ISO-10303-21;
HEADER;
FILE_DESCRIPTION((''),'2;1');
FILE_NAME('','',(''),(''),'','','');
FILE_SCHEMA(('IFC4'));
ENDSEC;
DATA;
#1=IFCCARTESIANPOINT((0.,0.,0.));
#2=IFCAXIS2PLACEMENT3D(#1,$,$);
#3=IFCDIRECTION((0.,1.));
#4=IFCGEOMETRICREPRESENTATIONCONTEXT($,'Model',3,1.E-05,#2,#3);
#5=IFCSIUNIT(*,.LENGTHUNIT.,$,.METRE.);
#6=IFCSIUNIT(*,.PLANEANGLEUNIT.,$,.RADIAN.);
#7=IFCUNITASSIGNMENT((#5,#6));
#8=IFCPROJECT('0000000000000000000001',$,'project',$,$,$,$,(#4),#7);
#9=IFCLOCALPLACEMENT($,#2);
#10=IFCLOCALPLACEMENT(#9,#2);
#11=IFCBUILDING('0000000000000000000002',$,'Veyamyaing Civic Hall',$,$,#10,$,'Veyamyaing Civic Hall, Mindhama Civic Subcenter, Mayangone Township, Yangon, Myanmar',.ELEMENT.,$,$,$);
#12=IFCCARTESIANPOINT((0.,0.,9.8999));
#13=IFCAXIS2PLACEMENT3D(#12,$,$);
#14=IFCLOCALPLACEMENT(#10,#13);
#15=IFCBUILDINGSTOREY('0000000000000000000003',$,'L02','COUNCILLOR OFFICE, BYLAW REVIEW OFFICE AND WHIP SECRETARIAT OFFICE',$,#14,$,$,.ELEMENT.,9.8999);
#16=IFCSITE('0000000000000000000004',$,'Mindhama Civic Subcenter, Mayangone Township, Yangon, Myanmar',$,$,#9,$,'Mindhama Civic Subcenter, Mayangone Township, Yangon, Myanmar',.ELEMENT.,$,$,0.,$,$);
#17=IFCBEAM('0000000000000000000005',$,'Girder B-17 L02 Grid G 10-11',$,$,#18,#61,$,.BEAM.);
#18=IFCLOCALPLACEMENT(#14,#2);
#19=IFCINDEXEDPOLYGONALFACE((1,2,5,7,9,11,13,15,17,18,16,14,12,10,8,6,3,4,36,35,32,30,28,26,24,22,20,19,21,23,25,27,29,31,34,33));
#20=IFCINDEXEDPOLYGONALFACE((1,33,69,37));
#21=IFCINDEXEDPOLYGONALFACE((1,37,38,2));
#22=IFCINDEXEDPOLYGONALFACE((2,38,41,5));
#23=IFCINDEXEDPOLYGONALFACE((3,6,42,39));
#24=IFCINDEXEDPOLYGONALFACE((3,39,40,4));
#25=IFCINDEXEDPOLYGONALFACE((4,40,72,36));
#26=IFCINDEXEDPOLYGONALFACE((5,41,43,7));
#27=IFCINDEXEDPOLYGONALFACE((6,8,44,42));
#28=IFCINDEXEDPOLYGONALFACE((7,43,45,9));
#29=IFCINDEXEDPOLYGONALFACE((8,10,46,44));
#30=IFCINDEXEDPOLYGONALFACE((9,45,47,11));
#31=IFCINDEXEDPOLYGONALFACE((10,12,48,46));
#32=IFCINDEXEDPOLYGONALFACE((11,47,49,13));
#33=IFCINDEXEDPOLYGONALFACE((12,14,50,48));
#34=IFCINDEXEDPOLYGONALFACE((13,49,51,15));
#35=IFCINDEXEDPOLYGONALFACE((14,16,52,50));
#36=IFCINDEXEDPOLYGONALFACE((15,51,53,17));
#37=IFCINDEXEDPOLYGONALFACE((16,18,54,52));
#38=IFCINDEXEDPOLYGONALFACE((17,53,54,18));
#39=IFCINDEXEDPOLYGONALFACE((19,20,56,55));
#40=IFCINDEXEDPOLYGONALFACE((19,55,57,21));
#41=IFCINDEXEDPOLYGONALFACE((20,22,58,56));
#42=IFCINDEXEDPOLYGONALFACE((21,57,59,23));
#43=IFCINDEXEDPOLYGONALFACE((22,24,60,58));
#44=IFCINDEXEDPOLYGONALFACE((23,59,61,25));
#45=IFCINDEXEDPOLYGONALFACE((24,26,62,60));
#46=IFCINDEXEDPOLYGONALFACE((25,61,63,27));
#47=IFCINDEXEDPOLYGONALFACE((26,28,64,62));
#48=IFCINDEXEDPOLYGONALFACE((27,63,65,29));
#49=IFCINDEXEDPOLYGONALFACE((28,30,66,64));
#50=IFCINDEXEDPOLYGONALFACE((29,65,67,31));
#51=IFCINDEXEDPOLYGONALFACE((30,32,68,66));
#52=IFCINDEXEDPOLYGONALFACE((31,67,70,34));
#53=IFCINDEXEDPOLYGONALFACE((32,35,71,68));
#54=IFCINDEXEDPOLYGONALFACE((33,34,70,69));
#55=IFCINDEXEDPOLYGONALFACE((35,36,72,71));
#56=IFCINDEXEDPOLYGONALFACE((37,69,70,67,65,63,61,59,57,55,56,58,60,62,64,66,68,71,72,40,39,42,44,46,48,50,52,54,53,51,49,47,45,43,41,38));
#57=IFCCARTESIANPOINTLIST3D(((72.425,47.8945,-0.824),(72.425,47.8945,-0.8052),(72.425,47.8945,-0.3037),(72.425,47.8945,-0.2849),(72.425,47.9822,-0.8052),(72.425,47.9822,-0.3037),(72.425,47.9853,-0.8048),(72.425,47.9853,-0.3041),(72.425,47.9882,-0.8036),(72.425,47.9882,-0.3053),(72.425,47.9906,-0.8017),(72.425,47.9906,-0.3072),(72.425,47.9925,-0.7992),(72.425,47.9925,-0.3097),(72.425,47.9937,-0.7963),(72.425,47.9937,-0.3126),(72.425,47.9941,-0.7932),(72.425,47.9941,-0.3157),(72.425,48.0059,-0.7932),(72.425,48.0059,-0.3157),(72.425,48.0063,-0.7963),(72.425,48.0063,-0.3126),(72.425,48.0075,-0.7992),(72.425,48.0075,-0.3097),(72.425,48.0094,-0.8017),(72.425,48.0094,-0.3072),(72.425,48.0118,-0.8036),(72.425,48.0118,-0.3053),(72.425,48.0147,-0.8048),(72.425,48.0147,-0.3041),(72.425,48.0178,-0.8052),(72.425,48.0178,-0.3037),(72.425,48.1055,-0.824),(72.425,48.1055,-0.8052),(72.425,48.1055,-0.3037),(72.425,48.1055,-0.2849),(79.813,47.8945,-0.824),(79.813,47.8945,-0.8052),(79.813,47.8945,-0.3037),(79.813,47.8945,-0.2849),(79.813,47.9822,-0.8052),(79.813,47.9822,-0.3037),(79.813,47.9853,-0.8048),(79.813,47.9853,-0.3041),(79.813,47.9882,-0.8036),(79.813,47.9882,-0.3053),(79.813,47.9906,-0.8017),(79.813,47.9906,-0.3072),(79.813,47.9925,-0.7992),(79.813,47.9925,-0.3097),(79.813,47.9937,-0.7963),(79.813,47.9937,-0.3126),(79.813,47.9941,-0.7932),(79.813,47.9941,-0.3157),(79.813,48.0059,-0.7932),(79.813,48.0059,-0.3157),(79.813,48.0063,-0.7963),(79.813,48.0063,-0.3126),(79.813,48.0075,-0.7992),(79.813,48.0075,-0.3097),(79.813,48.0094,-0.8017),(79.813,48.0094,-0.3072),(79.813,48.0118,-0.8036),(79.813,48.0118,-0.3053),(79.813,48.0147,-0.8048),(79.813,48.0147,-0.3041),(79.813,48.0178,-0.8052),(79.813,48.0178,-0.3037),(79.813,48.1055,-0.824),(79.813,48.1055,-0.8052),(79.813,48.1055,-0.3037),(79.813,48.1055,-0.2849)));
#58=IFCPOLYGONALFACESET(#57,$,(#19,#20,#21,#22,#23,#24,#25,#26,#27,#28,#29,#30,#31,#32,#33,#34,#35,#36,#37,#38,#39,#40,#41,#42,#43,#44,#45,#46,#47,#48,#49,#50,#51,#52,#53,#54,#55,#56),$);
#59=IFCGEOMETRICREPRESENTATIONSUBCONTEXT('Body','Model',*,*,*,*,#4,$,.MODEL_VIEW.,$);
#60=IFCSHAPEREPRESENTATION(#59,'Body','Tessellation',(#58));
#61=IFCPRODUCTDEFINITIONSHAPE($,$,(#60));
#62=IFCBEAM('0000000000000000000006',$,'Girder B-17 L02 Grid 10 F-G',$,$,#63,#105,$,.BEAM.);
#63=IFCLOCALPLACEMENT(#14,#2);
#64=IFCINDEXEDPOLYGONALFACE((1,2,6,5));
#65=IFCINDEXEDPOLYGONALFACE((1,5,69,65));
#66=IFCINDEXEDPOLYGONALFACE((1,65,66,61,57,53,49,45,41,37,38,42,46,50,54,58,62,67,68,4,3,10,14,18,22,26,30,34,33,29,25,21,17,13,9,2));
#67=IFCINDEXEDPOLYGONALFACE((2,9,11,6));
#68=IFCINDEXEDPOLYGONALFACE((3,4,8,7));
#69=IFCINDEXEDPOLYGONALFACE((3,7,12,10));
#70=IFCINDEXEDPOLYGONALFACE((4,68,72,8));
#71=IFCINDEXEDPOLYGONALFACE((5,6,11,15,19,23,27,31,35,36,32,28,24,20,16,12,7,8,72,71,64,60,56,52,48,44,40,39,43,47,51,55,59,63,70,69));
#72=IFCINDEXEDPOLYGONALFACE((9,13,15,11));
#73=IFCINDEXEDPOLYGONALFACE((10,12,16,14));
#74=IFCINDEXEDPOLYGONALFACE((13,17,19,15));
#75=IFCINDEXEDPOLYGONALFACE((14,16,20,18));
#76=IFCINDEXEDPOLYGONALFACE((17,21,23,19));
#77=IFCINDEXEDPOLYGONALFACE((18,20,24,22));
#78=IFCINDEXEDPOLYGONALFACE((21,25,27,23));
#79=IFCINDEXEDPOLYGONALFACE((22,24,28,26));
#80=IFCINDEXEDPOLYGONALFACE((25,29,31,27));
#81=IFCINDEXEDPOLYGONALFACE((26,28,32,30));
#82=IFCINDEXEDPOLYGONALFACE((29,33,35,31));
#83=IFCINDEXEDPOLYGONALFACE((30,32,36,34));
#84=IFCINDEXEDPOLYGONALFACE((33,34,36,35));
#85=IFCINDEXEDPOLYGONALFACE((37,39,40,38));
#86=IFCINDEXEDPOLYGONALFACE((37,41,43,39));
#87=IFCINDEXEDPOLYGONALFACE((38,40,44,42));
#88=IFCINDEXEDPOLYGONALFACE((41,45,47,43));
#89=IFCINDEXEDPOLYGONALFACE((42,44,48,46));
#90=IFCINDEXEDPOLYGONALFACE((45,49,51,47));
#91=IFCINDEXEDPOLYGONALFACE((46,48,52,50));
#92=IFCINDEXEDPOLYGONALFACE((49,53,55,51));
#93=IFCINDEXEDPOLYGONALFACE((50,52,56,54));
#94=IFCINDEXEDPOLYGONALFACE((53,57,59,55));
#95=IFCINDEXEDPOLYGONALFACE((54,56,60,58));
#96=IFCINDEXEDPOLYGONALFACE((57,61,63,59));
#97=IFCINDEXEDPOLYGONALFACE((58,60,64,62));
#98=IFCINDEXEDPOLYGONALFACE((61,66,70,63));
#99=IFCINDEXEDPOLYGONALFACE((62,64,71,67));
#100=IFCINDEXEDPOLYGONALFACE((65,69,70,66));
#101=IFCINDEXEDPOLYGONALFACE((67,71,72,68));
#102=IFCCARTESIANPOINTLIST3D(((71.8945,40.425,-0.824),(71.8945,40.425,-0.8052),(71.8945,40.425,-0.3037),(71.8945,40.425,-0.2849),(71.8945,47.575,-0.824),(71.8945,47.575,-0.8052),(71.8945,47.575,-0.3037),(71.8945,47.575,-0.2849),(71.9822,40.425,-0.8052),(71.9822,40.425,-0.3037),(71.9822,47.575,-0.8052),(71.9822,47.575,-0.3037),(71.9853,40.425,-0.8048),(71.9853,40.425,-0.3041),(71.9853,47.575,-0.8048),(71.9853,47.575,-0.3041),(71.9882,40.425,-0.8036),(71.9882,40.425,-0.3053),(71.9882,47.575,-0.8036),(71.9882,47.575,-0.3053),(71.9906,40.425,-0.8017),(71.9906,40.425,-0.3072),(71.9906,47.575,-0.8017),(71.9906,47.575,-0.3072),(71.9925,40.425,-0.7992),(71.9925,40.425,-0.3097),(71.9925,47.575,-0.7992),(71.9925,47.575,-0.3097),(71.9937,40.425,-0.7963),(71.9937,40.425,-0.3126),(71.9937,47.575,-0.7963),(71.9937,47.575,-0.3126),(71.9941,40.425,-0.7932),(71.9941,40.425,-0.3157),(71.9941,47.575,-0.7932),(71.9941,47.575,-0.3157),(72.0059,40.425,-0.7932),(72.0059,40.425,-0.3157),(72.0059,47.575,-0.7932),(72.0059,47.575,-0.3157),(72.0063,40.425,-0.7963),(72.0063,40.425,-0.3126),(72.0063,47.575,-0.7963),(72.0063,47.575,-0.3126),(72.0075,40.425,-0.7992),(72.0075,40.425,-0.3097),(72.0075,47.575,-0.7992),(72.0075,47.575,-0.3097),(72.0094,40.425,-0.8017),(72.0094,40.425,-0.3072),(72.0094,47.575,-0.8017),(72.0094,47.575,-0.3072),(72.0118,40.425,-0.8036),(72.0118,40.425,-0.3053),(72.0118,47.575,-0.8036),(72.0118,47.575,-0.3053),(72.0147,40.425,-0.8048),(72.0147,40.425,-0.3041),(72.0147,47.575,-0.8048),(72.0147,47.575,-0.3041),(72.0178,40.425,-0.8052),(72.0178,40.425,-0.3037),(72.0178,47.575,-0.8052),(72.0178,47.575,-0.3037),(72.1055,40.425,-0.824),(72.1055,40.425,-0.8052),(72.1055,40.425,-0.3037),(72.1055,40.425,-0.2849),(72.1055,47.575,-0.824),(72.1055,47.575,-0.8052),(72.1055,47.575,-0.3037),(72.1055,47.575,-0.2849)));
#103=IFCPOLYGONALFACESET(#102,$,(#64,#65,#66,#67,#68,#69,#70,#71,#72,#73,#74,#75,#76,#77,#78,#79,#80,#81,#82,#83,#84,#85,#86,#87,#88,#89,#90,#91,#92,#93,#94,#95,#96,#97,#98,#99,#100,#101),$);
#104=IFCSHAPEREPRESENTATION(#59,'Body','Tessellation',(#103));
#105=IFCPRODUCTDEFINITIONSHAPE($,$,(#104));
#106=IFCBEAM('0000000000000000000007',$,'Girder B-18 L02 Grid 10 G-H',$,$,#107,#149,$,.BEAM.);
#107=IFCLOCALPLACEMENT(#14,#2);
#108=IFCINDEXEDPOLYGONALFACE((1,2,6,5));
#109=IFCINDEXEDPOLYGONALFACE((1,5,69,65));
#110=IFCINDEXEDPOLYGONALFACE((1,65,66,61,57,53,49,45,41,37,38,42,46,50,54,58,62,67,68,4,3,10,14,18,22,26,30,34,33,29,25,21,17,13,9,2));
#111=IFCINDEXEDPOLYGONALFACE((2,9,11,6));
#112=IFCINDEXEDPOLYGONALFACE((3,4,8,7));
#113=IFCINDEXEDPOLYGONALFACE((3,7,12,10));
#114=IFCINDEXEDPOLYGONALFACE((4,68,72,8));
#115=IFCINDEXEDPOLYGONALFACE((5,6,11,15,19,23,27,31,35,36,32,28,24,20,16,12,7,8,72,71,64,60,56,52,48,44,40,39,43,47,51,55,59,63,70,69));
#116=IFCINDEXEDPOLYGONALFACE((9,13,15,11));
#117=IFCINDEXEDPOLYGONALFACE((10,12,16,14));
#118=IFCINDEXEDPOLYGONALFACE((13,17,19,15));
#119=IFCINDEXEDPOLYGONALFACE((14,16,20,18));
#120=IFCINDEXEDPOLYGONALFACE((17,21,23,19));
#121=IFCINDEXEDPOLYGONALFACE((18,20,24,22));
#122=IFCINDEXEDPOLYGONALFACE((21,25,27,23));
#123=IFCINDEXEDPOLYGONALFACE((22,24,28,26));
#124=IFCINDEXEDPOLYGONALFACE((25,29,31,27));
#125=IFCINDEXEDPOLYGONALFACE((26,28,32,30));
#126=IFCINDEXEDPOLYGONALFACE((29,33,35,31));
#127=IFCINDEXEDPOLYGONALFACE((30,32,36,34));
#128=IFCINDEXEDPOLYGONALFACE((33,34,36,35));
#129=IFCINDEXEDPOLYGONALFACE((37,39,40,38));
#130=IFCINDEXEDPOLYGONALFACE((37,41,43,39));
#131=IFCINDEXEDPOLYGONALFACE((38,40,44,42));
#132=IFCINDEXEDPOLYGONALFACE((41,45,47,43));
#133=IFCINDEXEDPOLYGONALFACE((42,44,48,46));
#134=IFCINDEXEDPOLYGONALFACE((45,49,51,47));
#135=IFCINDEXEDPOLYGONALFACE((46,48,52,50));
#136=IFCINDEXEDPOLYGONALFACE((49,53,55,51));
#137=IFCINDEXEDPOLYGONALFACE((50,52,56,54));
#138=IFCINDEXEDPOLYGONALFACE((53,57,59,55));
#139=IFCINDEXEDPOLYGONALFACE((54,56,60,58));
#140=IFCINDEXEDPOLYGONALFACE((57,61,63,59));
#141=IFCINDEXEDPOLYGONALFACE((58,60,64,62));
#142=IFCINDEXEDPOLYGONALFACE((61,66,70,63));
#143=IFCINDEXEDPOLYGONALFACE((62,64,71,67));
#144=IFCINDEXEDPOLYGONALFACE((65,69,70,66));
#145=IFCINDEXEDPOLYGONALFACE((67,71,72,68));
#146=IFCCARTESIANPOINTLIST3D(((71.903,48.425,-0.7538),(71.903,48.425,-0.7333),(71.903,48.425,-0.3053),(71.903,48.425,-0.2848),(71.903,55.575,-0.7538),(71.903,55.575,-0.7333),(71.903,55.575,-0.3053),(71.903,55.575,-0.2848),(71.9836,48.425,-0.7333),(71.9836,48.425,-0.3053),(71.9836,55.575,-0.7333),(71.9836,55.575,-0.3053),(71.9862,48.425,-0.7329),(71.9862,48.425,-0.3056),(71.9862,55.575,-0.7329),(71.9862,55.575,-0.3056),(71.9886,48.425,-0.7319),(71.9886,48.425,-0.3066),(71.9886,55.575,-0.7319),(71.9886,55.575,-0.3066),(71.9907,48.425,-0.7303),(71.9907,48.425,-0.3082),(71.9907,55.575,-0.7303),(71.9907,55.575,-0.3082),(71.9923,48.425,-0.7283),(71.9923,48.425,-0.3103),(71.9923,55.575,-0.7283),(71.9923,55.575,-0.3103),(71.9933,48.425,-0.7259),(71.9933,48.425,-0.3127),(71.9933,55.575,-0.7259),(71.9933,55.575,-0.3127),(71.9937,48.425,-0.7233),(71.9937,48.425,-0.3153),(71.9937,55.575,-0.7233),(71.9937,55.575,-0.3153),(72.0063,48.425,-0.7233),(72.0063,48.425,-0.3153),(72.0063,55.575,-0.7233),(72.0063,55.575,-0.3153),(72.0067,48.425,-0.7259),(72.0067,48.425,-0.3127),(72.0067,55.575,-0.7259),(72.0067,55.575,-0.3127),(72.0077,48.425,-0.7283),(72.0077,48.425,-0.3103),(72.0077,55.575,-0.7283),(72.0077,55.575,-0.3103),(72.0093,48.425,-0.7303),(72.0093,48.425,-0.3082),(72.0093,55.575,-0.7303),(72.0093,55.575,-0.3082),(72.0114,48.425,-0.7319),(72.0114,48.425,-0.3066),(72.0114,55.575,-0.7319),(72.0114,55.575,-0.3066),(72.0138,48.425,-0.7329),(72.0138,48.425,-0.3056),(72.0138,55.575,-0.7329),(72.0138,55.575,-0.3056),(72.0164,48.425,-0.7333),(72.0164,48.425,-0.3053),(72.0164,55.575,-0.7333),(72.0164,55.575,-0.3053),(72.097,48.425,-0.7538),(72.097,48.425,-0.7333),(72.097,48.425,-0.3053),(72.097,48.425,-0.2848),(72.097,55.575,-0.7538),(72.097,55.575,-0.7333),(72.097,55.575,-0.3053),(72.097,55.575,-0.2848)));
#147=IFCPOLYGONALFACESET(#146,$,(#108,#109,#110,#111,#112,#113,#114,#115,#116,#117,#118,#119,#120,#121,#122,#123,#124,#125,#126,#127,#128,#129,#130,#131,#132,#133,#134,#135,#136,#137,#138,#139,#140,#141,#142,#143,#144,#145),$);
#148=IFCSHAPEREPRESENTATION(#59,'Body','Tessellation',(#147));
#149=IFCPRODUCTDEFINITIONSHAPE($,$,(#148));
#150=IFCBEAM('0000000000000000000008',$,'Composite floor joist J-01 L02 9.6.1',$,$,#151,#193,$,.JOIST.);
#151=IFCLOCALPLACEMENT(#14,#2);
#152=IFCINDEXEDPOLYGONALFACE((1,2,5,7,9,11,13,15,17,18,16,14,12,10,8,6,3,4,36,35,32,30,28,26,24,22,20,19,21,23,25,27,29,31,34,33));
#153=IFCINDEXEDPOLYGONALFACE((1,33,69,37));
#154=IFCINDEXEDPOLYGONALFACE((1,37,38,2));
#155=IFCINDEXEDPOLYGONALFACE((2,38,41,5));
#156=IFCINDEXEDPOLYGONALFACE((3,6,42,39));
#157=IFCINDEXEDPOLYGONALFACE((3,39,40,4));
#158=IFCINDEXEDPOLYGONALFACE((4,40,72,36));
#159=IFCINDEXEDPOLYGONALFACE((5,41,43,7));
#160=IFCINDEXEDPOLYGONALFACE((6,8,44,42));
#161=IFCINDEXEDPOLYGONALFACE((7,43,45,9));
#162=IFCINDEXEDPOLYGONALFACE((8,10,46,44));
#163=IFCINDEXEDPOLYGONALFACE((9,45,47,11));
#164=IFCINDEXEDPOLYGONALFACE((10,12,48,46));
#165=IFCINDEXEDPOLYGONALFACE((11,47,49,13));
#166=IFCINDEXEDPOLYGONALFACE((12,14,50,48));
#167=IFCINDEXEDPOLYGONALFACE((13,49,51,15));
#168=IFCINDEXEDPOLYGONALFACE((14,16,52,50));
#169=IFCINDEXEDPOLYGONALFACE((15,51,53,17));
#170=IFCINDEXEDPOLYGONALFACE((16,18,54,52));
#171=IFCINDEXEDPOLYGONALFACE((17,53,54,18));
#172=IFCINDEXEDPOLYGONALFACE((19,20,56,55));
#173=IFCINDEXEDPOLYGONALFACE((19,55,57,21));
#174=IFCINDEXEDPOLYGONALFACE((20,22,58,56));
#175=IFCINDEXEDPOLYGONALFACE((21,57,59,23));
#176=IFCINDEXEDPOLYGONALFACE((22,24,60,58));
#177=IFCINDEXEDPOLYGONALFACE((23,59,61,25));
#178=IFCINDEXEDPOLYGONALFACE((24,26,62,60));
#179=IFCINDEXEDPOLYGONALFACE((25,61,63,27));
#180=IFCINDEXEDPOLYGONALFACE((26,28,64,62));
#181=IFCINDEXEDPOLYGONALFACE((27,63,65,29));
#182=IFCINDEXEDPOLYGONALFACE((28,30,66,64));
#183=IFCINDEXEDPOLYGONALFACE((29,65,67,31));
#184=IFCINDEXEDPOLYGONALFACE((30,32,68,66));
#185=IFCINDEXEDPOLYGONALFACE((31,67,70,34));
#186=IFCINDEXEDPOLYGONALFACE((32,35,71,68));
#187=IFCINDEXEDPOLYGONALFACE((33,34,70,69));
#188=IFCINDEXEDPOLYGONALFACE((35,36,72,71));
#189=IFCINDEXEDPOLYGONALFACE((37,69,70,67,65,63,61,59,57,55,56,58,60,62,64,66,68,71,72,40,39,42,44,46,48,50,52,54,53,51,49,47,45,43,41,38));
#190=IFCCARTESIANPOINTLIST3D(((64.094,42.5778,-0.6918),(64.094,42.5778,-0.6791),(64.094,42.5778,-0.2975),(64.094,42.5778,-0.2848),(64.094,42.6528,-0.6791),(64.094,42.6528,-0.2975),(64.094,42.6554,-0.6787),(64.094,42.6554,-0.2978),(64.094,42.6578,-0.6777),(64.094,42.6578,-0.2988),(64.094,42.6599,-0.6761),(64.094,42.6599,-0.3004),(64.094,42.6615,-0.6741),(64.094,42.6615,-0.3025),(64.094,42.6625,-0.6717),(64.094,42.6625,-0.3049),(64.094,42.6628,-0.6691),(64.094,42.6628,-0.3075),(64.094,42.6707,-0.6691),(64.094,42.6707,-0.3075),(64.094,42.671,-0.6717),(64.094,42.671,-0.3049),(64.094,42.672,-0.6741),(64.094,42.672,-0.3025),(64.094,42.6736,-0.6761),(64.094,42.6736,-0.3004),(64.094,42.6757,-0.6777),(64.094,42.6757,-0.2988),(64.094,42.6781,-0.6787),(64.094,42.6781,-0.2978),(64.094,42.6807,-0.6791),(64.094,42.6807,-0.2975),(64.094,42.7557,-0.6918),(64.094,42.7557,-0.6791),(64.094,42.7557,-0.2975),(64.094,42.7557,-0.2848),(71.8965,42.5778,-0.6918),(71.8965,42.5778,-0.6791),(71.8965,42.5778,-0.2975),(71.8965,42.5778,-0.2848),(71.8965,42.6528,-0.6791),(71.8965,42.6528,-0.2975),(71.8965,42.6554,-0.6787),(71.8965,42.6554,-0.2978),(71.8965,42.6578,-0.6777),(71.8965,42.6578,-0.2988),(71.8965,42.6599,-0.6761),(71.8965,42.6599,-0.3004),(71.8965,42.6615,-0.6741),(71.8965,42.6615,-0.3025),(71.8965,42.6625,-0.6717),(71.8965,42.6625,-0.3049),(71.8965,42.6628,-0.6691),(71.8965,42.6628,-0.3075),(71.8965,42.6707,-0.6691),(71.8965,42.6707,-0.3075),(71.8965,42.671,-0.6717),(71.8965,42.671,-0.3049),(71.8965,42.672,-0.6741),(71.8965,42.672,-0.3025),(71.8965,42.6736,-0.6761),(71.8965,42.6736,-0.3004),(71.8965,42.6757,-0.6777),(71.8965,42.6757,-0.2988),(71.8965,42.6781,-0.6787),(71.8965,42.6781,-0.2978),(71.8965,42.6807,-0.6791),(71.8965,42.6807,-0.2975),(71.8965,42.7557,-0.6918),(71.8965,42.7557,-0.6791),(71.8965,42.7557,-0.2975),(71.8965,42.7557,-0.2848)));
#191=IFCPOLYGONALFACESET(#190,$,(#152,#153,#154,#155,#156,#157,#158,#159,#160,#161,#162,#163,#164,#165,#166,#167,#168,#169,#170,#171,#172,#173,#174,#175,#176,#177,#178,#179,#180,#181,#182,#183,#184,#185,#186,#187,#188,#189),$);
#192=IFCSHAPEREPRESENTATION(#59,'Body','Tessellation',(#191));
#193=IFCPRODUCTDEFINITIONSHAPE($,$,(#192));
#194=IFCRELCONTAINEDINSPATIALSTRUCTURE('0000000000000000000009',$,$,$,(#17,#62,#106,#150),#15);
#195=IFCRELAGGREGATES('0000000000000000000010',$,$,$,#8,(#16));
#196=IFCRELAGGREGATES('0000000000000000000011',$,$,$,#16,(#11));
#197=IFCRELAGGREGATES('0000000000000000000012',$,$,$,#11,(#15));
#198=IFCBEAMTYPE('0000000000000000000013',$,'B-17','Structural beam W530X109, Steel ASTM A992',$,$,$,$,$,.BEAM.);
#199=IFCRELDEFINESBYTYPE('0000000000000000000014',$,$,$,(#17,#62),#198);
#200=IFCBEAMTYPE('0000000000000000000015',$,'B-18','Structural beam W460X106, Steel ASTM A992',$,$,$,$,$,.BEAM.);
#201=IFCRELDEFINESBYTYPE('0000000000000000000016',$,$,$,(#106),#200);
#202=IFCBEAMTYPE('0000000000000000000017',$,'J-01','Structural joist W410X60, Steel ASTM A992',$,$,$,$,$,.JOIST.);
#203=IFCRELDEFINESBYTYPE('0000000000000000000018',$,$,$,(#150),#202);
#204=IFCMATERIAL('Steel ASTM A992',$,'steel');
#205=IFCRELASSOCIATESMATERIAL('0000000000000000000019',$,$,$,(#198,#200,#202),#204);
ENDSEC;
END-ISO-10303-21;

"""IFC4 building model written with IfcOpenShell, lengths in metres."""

from ifc_helpers import new_model, si_unit, direction, frame, origin, origin_2d, place, context, subcontext, project, spatial, i_section, extrude, material, material_profile, profile_set, type_object, element, save


model = new_model("IFC4")

# Units and contexts
model_context = context("Model", 3, precision=1e-05, world=origin(), true_north=direction((0.0, 1.0)))
body_context = subcontext(model_context, "Body", "Model", "MODEL_VIEW")
ifc_project = project(units=[si_unit("LENGTHUNIT", "METRE"), si_unit("PLANEANGLEUNIT", "RADIAN")], contexts=[model_context])

# Site, building, storey
site_placement = place(None, origin())
site = spatial("IfcSite", under=ifc_project, at=site_placement, Name="Mindhama Civic Subcenter, Mayangone Township, Yangon, Myanmar", LongName="Mindhama Civic Subcenter, Mayangone Township, Yangon, Myanmar", CompositionType="ELEMENT", RefElevation=0.0)
building_placement = place(site_placement, origin())
building = spatial("IfcBuilding", under=site, at=building_placement, Name="Veyamyaing Civic Hall", LongName="Veyamyaing Civic Hall, Mindhama Civic Subcenter, Mayangone Township, Yangon, Myanmar", CompositionType="ELEMENT")
storey_placement = place(building_placement, frame((0.0, 0.0, 9.8999)))
storey = spatial("IfcBuildingStorey", under=building, at=storey_placement, Name="L02", Description="COUNCILLOR OFFICE, BYLAW REVIEW OFFICE AND WHIP SECRETARIAT OFFICE", CompositionType="ELEMENT", Elevation=9.8999)

# Beams
ifc_material_1 = material(Name="Steel ASTM A992", Category="steel")
ifc_material_profile_1 = material_profile(ifc_material_1, i_section(OverallWidth=0.2109, OverallDepth=0.5391, WebThickness=0.0117, FlangeThickness=0.0188, FilletRadius=0.012, at=origin_2d()), Name="W530X109")
ifc_profile_set_1 = profile_set([ifc_material_profile_1], Name="Steel ASTM A992")
beam_type_1 = type_object("IfcBeamType", Name="B-17", Description="Structural beam W530X109, Steel ASTM A992", PredefinedType="BEAM", material=ifc_profile_set_1)
beam_1_placement = place(storey_placement, frame((72.425, 48.0, -0.5544), z_axis=(1.0, 0.0, 0.0), x_axis=(0.0, 1.0, 0.0)))
element("IfcBeam", 1, at=beam_1_placement, inside=storey, type_object=beam_type_1, Name="Girder B-17 L02 Grid G 10-11", PredefinedType="BEAM", context=body_context, shape_type="SweptSolid", body=[
    extrude(i_section(OverallWidth=0.2109, OverallDepth=0.5391, WebThickness=0.0117, FlangeThickness=0.0188, FilletRadius=0.012, at=origin_2d()), origin(), (0.0, 0.0, 1.0), 7.3879),
])
beam_2_placement = place(storey_placement, frame((72.0, 40.425, -0.5544), z_axis=(0.0, 1.0, 0.0), x_axis=(-1.0, 0.0, 0.0)))
element("IfcBeam", 2, at=beam_2_placement, inside=storey, type_object=beam_type_1, Name="Girder B-17 L02 Grid 10 F-G", PredefinedType="BEAM", context=body_context, shape_type="SweptSolid", body=[
    extrude(i_section(OverallWidth=0.2109, OverallDepth=0.5391, WebThickness=0.0117, FlangeThickness=0.0188, FilletRadius=0.012, at=origin_2d()), origin(), (0.0, 0.0, 1.0), 7.1499),
])
ifc_material_profile_2 = material_profile(ifc_material_1, i_section(OverallWidth=0.1941, OverallDepth=0.469, WebThickness=0.0127, FlangeThickness=0.0205, FilletRadius=0.01, at=origin_2d()), Name="W460X106")
ifc_profile_set_2 = profile_set([ifc_material_profile_2], Name="Steel ASTM A992")
beam_type_2 = type_object("IfcBeamType", Name="B-18", Description="Structural beam W460X106, Steel ASTM A992", PredefinedType="BEAM", material=ifc_profile_set_2)
beam_3_placement = place(storey_placement, frame((72.0, 48.425, -0.5193), z_axis=(0.0, 1.0, 0.0), x_axis=(-1.0, 0.0, 0.0)))
element("IfcBeam", 3, at=beam_3_placement, inside=storey, type_object=beam_type_2, Name="Girder B-18 L02 Grid 10 G-H", PredefinedType="BEAM", context=body_context, shape_type="SweptSolid", body=[
    extrude(i_section(OverallWidth=0.1941, OverallDepth=0.469, WebThickness=0.0127, FlangeThickness=0.0205, FilletRadius=0.01, at=origin_2d()), origin(), (0.0, 0.0, 1.0), 7.1499),
])
ifc_material_profile_3 = material_profile(ifc_material_1, i_section(OverallWidth=0.178, OverallDepth=0.407, WebThickness=0.0078, FlangeThickness=0.0127, FilletRadius=0.01, at=origin_2d()), Name="W410X60")
ifc_profile_set_3 = profile_set([ifc_material_profile_3], Name="Steel ASTM A992")
beam_type_3 = type_object("IfcBeamType", Name="J-01", Description="Structural joist W410X60, Steel ASTM A992", PredefinedType="JOIST", material=ifc_profile_set_3)
for number, where, z_axis, x_axis, name in (
    (4, (64.094, 42.6667, -0.4883), (1.0, 0.0, 0.0), (0.0, 1.0, 0.0), "Composite floor joist J-01 L02 9.6.1"),
):
    element("IfcBeam", number, at=place(storey_placement, frame(where, z_axis=z_axis, x_axis=x_axis)), inside=storey, type_object=beam_type_3, Name=name, PredefinedType="JOIST", context=body_context, shape_type="SweptSolid", body=[
        extrude(i_section(OverallWidth=0.178, OverallDepth=0.407, WebThickness=0.0078, FlangeThickness=0.0127, FilletRadius=0.01, at=origin_2d()), origin(), (0.0, 0.0, 1.0), 7.8025),
    ])

save(model, "model.ifc")
